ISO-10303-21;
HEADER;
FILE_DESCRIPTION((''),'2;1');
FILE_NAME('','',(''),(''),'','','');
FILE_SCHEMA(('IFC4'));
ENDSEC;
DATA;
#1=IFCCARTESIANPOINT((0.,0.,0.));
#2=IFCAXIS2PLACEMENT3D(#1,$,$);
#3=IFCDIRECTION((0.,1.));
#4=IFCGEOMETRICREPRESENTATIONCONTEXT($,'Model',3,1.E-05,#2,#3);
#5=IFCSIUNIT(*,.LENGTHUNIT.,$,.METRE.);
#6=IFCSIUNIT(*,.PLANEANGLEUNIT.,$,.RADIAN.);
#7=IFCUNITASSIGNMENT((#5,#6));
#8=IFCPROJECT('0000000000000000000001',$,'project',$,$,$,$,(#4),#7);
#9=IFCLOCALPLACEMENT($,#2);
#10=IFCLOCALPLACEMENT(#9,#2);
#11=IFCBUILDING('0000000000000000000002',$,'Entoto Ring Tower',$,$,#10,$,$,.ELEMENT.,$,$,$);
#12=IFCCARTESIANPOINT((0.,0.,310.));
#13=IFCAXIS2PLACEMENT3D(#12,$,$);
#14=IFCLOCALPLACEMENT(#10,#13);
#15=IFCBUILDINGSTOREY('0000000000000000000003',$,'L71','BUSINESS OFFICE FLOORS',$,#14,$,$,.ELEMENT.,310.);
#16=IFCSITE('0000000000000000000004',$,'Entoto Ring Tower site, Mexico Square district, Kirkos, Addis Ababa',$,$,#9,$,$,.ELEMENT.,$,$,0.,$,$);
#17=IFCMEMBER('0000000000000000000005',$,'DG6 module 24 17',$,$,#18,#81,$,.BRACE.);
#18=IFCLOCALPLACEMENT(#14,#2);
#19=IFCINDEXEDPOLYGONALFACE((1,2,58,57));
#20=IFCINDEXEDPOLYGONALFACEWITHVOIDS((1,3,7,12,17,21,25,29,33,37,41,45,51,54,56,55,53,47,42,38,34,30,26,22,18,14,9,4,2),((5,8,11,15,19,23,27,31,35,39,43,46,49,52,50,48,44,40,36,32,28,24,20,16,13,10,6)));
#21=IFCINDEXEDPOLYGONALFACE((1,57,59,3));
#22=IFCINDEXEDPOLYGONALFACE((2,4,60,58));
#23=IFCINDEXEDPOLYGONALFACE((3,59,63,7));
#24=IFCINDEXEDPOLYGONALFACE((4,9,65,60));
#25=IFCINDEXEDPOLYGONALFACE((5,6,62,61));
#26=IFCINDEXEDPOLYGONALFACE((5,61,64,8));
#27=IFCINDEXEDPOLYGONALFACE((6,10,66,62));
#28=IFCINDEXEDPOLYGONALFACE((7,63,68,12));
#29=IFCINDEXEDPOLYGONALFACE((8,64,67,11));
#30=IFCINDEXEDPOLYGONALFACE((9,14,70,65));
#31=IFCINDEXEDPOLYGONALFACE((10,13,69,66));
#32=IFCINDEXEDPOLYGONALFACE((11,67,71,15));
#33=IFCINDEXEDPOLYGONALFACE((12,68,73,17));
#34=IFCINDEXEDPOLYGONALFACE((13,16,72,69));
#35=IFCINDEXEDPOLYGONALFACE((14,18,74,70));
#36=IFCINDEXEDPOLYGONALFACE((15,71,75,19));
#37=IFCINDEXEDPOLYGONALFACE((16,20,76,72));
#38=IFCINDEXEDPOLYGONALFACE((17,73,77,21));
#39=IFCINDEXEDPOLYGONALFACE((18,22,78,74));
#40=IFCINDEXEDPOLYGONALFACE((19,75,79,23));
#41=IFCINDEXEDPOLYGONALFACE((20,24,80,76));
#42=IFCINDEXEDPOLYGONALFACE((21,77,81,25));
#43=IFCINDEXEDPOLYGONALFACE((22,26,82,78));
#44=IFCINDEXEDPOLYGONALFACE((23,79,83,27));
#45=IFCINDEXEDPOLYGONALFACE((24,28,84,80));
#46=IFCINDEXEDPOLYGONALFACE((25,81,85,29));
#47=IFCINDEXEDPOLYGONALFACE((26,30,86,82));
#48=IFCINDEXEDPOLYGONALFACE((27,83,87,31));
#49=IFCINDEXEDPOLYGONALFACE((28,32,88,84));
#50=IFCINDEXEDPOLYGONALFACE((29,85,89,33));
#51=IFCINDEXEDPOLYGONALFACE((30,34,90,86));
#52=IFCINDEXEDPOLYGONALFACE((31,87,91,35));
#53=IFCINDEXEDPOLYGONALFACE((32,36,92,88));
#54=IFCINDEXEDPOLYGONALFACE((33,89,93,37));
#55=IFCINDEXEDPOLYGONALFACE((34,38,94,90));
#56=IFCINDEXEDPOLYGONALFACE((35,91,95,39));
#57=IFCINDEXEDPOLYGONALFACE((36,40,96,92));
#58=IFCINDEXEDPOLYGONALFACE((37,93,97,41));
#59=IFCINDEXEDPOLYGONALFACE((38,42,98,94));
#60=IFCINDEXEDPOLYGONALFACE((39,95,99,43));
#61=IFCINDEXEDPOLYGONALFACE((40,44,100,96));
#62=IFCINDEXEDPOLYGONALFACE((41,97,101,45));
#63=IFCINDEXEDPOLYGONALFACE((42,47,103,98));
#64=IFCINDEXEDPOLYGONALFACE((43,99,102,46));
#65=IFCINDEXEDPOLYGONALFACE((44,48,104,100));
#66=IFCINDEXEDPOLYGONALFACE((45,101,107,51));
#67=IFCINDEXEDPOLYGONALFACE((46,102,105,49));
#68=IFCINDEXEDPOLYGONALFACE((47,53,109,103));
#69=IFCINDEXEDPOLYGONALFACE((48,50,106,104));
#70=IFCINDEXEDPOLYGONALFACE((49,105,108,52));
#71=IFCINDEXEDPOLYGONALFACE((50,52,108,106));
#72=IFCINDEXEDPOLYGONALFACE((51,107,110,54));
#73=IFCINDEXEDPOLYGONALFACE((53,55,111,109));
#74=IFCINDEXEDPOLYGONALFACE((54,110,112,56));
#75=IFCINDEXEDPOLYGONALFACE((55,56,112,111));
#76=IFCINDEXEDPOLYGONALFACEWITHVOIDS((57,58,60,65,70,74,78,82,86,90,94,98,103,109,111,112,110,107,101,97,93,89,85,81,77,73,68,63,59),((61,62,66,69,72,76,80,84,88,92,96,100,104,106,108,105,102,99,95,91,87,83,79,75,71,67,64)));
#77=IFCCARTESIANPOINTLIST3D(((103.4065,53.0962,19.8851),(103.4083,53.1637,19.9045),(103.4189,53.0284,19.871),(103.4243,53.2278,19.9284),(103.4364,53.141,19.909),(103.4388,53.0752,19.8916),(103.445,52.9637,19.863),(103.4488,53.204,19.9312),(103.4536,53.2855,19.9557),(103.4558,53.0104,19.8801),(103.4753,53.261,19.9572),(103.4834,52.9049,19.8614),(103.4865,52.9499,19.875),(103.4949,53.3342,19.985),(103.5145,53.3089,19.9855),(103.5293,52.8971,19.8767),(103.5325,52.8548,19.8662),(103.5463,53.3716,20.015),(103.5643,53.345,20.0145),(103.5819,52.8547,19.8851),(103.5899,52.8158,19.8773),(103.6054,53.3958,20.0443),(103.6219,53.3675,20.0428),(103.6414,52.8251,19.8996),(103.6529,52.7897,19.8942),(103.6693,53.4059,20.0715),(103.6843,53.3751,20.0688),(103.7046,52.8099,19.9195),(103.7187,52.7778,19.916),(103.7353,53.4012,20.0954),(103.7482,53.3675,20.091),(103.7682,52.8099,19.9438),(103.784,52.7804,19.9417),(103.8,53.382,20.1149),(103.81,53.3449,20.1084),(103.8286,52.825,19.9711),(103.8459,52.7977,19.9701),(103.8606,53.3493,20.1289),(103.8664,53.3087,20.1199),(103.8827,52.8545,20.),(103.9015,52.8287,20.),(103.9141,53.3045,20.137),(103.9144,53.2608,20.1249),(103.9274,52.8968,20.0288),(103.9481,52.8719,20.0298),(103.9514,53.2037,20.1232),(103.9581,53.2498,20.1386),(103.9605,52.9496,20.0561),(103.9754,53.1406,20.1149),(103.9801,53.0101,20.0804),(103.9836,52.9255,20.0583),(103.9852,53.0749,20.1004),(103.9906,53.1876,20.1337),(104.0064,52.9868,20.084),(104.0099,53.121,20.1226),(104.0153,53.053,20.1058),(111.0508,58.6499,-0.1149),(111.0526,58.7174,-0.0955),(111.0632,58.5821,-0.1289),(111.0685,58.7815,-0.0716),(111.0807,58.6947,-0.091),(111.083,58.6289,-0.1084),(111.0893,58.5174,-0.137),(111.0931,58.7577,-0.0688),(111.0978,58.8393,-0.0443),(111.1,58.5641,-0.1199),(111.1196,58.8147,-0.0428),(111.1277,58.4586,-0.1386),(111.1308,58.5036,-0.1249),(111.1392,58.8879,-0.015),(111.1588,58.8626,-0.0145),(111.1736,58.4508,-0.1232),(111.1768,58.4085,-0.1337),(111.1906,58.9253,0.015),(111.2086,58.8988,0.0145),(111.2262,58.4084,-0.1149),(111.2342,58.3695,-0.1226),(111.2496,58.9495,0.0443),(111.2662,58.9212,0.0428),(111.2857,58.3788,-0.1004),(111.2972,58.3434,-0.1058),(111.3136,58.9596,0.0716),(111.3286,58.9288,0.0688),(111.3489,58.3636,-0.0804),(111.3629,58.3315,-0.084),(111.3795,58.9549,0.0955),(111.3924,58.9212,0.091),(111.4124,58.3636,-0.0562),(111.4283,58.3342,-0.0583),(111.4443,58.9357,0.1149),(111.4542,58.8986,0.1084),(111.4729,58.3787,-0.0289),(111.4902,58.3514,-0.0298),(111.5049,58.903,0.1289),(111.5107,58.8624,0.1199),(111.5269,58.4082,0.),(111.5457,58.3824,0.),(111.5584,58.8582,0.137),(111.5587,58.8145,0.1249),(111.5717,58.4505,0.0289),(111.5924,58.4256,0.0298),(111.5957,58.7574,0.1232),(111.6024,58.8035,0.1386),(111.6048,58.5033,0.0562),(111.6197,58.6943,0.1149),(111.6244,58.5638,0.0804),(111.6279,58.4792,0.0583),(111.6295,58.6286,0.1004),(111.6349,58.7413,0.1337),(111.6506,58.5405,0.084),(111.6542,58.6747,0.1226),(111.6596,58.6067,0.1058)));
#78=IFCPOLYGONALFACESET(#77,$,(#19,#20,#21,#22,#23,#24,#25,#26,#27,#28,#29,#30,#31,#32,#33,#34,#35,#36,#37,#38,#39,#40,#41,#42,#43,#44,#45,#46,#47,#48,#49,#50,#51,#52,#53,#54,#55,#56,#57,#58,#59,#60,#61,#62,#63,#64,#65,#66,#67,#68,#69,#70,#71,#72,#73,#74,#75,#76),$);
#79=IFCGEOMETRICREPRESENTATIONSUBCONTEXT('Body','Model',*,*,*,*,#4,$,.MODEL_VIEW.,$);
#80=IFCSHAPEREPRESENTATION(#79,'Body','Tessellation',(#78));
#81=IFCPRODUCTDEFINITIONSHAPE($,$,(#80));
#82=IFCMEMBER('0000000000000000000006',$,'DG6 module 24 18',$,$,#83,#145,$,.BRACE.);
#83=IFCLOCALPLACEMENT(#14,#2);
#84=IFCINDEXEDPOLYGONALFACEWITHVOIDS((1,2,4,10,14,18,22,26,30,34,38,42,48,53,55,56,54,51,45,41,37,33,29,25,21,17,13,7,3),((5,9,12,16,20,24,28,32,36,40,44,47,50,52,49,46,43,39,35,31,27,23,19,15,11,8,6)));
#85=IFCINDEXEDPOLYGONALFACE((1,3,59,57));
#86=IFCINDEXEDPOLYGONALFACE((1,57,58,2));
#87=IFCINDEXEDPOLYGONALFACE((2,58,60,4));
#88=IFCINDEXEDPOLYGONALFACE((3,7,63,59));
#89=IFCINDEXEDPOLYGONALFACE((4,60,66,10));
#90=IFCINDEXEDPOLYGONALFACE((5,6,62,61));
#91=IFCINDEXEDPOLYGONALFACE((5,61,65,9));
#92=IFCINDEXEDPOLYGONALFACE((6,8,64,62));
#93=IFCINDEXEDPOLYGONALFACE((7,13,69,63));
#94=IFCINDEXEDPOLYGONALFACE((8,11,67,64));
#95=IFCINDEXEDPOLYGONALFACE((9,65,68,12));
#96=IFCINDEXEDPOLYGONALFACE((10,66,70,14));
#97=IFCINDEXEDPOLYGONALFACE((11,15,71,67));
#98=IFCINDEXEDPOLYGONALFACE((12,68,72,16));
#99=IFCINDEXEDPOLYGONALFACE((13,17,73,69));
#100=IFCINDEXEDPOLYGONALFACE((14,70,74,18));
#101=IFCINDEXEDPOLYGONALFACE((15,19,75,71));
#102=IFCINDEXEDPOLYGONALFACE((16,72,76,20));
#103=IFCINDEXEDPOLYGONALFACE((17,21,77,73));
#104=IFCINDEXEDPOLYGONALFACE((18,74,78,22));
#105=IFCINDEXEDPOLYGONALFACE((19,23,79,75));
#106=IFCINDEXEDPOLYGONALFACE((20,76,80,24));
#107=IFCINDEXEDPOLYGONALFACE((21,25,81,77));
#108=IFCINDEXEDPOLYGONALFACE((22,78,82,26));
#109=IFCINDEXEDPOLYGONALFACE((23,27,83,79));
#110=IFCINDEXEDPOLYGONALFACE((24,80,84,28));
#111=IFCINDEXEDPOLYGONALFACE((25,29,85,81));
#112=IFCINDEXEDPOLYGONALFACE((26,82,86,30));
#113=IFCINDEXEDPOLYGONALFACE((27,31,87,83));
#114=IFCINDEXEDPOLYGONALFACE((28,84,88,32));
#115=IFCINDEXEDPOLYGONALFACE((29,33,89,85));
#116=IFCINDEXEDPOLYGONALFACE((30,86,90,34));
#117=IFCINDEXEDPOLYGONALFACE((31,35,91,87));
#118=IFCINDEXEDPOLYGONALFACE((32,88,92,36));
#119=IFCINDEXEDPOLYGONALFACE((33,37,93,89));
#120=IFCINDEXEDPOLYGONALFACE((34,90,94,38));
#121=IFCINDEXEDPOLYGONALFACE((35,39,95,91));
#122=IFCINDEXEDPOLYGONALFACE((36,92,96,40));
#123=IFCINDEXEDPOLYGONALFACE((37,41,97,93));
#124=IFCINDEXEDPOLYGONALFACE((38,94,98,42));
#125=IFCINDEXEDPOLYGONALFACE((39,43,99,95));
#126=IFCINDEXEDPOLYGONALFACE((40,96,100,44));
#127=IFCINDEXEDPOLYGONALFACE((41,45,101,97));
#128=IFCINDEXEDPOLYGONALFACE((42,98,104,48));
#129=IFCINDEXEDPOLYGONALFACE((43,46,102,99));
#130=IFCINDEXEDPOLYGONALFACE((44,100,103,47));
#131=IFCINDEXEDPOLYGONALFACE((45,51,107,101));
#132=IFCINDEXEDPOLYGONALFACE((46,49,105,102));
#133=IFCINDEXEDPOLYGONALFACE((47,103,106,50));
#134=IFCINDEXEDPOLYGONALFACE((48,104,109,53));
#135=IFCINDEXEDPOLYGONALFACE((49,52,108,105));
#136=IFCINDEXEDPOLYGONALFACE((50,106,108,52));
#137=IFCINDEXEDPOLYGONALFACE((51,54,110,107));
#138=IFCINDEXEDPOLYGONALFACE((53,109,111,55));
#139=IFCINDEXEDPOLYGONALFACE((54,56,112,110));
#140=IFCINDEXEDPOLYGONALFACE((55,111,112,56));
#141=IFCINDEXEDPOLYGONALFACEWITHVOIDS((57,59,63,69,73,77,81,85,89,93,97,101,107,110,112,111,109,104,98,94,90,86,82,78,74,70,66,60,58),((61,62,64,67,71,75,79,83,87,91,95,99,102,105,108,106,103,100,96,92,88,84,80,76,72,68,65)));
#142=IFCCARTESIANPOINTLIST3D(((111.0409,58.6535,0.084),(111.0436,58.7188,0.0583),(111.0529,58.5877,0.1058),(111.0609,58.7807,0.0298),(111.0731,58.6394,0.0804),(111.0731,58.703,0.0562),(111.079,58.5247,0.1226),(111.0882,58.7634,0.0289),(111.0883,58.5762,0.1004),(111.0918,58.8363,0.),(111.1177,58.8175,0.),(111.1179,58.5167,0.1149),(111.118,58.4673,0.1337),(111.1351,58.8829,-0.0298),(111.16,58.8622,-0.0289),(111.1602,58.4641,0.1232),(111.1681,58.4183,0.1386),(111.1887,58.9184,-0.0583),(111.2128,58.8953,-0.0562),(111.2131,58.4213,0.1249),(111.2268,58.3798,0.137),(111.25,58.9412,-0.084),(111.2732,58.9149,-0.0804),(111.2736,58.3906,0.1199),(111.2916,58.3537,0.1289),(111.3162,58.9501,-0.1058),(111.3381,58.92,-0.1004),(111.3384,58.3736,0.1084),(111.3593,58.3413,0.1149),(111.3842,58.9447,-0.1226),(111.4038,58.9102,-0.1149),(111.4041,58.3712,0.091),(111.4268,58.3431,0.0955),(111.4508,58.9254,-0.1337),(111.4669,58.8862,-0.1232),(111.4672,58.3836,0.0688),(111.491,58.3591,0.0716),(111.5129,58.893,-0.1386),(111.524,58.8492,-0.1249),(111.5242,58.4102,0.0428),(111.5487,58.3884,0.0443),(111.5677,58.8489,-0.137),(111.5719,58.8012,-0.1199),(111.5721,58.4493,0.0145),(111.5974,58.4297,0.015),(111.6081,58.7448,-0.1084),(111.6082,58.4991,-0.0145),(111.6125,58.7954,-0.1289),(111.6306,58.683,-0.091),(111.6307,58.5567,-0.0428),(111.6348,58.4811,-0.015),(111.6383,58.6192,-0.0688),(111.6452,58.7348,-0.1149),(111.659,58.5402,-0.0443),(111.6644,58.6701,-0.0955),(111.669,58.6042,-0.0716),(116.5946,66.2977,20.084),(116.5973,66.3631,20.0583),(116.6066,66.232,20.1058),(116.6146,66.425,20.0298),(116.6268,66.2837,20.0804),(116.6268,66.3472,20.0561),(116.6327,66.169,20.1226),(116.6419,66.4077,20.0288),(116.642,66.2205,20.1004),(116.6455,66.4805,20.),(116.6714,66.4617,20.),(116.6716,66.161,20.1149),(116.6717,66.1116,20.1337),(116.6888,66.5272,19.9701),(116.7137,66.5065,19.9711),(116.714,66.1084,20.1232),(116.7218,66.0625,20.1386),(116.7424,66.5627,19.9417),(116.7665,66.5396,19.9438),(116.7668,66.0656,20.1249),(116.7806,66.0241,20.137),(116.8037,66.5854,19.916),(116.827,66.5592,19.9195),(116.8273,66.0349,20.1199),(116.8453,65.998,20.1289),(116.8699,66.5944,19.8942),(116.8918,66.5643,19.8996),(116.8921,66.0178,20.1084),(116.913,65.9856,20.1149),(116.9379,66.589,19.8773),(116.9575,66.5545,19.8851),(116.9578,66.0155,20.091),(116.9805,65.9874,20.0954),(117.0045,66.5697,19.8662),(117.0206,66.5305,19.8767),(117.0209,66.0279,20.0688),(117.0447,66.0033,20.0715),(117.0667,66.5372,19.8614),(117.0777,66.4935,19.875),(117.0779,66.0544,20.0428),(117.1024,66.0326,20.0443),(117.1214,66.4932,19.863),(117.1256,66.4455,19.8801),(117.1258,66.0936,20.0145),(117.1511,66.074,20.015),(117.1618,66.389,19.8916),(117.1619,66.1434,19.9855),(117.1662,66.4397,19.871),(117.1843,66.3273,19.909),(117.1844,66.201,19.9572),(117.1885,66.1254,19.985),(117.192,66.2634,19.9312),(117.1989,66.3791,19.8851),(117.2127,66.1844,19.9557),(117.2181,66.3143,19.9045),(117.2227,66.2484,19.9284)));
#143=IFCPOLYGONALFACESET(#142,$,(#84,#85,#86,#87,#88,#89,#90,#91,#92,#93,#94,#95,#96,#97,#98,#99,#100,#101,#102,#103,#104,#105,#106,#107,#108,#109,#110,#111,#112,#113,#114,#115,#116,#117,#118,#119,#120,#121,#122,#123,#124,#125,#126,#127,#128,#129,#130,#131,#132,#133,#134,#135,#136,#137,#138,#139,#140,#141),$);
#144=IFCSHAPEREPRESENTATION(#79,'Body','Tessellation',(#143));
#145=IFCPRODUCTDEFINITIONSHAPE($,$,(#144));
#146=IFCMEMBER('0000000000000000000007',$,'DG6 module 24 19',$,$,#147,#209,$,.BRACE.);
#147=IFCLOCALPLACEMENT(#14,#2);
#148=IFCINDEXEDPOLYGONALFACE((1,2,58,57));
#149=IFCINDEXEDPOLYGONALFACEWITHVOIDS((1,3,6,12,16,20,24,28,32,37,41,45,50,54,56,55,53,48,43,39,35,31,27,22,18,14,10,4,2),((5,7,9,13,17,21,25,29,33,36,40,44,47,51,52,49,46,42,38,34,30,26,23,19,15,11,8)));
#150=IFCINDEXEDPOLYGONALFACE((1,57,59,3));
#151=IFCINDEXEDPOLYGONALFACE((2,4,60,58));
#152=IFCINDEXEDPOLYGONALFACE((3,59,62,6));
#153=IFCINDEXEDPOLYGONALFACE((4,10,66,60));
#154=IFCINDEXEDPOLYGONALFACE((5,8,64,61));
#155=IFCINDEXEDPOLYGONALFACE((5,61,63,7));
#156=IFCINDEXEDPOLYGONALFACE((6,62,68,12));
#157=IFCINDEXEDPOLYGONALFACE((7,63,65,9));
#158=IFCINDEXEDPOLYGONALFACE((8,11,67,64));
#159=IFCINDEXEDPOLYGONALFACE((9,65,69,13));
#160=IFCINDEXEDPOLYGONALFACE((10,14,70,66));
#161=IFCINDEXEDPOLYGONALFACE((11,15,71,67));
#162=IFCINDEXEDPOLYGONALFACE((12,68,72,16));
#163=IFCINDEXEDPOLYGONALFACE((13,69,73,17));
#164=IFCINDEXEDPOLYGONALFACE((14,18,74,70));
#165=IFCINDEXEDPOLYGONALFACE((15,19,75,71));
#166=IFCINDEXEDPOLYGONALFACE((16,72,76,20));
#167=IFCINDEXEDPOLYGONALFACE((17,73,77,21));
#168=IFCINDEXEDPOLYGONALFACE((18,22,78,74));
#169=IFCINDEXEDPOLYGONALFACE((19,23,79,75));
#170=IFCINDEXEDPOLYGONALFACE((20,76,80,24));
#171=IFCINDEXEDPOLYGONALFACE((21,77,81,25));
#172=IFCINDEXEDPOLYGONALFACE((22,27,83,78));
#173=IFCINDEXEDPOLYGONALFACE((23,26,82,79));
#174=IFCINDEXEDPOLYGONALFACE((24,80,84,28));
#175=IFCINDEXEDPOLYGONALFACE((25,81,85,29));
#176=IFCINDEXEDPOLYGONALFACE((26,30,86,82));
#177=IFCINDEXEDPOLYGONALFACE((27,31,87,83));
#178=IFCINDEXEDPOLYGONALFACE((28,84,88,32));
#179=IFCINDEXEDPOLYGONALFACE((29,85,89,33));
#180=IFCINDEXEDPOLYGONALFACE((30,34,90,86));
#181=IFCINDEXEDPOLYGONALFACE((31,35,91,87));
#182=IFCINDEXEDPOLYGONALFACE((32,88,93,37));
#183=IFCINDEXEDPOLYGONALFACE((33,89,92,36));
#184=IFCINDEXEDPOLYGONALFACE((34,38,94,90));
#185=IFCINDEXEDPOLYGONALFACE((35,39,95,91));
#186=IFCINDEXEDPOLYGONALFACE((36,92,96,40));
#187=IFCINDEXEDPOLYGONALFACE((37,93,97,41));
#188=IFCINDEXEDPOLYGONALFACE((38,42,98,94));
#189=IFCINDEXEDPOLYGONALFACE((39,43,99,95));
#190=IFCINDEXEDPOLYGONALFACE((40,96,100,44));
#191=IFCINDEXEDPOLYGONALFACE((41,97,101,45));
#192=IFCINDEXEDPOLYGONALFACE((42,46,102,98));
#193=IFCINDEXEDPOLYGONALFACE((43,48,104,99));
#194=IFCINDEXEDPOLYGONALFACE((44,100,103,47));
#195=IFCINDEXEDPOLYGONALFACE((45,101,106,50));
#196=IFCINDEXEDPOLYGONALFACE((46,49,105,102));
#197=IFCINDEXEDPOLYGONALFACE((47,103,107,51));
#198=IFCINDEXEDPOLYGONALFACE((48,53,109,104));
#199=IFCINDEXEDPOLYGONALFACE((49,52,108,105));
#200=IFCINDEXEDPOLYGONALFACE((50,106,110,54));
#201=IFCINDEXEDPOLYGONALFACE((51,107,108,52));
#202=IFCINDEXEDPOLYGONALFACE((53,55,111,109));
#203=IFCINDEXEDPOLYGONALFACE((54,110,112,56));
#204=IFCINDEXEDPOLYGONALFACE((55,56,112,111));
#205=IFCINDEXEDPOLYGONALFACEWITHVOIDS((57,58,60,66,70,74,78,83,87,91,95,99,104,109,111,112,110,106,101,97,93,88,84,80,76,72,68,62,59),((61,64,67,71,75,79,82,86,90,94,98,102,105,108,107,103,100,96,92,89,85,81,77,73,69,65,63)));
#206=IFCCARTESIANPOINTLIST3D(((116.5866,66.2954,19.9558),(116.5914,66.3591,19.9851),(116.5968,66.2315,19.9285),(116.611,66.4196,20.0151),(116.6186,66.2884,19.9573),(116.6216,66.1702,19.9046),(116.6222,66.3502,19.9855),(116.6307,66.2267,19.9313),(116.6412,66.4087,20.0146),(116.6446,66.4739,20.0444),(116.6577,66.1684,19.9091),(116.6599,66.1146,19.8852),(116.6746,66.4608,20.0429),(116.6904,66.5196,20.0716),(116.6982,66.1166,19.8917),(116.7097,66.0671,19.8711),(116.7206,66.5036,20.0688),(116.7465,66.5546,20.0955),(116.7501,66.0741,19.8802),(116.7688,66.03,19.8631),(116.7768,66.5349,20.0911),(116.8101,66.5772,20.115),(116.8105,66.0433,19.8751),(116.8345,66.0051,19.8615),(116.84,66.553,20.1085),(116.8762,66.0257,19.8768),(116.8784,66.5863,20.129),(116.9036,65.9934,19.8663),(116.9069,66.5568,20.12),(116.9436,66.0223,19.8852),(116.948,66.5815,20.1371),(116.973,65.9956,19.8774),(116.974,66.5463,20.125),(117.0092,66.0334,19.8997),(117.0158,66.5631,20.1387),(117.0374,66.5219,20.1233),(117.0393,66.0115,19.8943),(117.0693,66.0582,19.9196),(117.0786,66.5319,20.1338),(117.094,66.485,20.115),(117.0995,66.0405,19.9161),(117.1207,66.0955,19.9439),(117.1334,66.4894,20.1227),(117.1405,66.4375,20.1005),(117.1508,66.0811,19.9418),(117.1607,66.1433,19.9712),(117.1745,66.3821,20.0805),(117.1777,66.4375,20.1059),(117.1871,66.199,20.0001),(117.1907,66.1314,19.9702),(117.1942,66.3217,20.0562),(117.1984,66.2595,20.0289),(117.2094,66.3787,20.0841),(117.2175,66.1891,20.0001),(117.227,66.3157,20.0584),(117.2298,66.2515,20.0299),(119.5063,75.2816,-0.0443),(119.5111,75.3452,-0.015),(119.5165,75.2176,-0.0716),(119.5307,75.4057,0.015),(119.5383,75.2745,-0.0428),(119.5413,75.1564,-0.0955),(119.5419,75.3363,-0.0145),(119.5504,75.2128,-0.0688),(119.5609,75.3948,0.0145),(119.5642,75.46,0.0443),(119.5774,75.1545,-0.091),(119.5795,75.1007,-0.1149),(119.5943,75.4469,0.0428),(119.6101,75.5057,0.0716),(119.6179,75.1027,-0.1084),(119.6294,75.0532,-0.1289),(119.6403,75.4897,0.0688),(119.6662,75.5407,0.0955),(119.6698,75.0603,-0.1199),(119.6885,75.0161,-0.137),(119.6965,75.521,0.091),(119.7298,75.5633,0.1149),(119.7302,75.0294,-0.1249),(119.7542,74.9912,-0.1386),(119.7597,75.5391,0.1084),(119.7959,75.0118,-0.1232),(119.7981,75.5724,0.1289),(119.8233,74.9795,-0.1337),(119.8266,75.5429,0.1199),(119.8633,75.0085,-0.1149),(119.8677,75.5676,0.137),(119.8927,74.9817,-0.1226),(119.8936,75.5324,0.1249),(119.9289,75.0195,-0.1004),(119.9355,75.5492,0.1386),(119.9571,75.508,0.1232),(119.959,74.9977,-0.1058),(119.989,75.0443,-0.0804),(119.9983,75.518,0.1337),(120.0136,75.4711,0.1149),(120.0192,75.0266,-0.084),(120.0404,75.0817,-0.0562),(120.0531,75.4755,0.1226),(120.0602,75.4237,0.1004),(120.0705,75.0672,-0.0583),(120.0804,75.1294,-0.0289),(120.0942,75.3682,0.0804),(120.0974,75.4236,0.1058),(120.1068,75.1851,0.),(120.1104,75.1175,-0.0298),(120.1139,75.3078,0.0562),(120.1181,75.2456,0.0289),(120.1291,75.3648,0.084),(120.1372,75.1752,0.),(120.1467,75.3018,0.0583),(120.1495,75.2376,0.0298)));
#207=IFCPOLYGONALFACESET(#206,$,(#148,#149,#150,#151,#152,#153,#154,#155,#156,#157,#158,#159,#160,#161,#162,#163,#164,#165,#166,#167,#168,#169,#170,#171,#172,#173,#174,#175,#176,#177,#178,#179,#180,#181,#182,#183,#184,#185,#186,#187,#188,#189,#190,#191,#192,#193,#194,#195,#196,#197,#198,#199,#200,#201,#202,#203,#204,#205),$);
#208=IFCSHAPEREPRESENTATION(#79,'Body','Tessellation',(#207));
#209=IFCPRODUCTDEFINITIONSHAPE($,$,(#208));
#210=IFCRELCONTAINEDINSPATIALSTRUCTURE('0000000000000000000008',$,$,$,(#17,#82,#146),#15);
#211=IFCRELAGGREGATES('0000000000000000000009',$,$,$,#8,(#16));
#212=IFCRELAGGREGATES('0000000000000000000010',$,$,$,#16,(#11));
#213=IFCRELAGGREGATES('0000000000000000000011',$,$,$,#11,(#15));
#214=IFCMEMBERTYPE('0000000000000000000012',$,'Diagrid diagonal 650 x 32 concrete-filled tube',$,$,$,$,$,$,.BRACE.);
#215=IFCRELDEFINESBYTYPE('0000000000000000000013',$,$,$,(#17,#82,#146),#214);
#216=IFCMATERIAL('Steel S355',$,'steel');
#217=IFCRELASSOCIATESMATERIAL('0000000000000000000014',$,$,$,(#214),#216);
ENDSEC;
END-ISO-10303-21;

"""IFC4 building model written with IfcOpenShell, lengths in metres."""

from ifc_helpers import new_model, si_unit, direction, frame, origin, origin_2d, place, context, subcontext, project, spatial, circle, hollow_circle, extrude, material, material_profile, profile_set, type_object, element, save


model = new_model("IFC4")

# Units and contexts
model_context = context("Model", 3, precision=1e-05, world=origin(), true_north=direction((0.0, 1.0)))
body_context = subcontext(model_context, "Body", "Model", "MODEL_VIEW")
ifc_project = project(units=[si_unit("LENGTHUNIT", "METRE"), si_unit("PLANEANGLEUNIT", "RADIAN")], contexts=[model_context])

# Site, building, storey
site_placement = place(None, origin())
site = spatial("IfcSite", under=ifc_project, at=site_placement, Name="Entoto Ring Tower site, Mexico Square district, Kirkos, Addis Ababa", CompositionType="ELEMENT", RefElevation=0.0)
building_placement = place(site_placement, origin())
building = spatial("IfcBuilding", under=site, at=building_placement, Name="Entoto Ring Tower", CompositionType="ELEMENT")
storey_placement = place(building_placement, frame((0.0, 0.0, 310.0)))
storey = spatial("IfcBuildingStorey", under=building, at=storey_placement, Name="L71", Description="BUSINESS OFFICE FLOORS", CompositionType="ELEMENT", Elevation=310.0)

# Members
ifc_material_1 = material(Name="Steel S355", Category="steel")
ifc_material_profile_1 = material_profile(ifc_material_1, hollow_circle(Radius=0.325, WallThickness=0.032, at=origin_2d()), Name="CHS 650 x 32")
ifc_material_2 = material(Name="Concrete C60/75", Category="concrete")
ifc_material_profile_2 = material_profile(ifc_material_2, circle(Radius=0.293, at=origin_2d()), Name="Concrete C60/75 infill")
ifc_profile_set_1 = profile_set([ifc_material_profile_1, ifc_material_profile_2], Name="Steel S355")
member_type_1 = type_object("IfcMemberType", Name="Diagrid diagonal 650 x 32 concrete-filled tube", PredefinedType="BRACE", material=ifc_profile_set_1)
for number, where, z_axis, x_axis, name in (
    (1, (111.3547, 58.6453, 0.0), (-0.345588, -0.251076, 0.904174), (0.587772, -0.809026, 0.0), "DG6 module 24 17"),
    (2, (111.3547, 58.6453, 0.0), (0.251076, 0.345588, 0.904174), (-0.809026, 0.587772, 0.0), "DG6 module 24 18"),
    (3, (119.8281, 75.2756, 0.0), (-0.131995, -0.406251, 0.904178), (0.951059, -0.30901, 0.0), "DG6 module 24 19"),
):
    element("IfcMember", number, at=place(storey_placement, frame(where, z_axis=z_axis, x_axis=x_axis)), inside=storey, type_object=member_type_1, Name=name, PredefinedType="BRACE", context=body_context, shape_type="SweptSolid", body=[
        extrude(hollow_circle(Radius=0.325, WallThickness=0.032, at=origin_2d()), origin(), (0.0, 0.0, 1.0), 22.1196),
    ])

save(model, "model.ifc")
